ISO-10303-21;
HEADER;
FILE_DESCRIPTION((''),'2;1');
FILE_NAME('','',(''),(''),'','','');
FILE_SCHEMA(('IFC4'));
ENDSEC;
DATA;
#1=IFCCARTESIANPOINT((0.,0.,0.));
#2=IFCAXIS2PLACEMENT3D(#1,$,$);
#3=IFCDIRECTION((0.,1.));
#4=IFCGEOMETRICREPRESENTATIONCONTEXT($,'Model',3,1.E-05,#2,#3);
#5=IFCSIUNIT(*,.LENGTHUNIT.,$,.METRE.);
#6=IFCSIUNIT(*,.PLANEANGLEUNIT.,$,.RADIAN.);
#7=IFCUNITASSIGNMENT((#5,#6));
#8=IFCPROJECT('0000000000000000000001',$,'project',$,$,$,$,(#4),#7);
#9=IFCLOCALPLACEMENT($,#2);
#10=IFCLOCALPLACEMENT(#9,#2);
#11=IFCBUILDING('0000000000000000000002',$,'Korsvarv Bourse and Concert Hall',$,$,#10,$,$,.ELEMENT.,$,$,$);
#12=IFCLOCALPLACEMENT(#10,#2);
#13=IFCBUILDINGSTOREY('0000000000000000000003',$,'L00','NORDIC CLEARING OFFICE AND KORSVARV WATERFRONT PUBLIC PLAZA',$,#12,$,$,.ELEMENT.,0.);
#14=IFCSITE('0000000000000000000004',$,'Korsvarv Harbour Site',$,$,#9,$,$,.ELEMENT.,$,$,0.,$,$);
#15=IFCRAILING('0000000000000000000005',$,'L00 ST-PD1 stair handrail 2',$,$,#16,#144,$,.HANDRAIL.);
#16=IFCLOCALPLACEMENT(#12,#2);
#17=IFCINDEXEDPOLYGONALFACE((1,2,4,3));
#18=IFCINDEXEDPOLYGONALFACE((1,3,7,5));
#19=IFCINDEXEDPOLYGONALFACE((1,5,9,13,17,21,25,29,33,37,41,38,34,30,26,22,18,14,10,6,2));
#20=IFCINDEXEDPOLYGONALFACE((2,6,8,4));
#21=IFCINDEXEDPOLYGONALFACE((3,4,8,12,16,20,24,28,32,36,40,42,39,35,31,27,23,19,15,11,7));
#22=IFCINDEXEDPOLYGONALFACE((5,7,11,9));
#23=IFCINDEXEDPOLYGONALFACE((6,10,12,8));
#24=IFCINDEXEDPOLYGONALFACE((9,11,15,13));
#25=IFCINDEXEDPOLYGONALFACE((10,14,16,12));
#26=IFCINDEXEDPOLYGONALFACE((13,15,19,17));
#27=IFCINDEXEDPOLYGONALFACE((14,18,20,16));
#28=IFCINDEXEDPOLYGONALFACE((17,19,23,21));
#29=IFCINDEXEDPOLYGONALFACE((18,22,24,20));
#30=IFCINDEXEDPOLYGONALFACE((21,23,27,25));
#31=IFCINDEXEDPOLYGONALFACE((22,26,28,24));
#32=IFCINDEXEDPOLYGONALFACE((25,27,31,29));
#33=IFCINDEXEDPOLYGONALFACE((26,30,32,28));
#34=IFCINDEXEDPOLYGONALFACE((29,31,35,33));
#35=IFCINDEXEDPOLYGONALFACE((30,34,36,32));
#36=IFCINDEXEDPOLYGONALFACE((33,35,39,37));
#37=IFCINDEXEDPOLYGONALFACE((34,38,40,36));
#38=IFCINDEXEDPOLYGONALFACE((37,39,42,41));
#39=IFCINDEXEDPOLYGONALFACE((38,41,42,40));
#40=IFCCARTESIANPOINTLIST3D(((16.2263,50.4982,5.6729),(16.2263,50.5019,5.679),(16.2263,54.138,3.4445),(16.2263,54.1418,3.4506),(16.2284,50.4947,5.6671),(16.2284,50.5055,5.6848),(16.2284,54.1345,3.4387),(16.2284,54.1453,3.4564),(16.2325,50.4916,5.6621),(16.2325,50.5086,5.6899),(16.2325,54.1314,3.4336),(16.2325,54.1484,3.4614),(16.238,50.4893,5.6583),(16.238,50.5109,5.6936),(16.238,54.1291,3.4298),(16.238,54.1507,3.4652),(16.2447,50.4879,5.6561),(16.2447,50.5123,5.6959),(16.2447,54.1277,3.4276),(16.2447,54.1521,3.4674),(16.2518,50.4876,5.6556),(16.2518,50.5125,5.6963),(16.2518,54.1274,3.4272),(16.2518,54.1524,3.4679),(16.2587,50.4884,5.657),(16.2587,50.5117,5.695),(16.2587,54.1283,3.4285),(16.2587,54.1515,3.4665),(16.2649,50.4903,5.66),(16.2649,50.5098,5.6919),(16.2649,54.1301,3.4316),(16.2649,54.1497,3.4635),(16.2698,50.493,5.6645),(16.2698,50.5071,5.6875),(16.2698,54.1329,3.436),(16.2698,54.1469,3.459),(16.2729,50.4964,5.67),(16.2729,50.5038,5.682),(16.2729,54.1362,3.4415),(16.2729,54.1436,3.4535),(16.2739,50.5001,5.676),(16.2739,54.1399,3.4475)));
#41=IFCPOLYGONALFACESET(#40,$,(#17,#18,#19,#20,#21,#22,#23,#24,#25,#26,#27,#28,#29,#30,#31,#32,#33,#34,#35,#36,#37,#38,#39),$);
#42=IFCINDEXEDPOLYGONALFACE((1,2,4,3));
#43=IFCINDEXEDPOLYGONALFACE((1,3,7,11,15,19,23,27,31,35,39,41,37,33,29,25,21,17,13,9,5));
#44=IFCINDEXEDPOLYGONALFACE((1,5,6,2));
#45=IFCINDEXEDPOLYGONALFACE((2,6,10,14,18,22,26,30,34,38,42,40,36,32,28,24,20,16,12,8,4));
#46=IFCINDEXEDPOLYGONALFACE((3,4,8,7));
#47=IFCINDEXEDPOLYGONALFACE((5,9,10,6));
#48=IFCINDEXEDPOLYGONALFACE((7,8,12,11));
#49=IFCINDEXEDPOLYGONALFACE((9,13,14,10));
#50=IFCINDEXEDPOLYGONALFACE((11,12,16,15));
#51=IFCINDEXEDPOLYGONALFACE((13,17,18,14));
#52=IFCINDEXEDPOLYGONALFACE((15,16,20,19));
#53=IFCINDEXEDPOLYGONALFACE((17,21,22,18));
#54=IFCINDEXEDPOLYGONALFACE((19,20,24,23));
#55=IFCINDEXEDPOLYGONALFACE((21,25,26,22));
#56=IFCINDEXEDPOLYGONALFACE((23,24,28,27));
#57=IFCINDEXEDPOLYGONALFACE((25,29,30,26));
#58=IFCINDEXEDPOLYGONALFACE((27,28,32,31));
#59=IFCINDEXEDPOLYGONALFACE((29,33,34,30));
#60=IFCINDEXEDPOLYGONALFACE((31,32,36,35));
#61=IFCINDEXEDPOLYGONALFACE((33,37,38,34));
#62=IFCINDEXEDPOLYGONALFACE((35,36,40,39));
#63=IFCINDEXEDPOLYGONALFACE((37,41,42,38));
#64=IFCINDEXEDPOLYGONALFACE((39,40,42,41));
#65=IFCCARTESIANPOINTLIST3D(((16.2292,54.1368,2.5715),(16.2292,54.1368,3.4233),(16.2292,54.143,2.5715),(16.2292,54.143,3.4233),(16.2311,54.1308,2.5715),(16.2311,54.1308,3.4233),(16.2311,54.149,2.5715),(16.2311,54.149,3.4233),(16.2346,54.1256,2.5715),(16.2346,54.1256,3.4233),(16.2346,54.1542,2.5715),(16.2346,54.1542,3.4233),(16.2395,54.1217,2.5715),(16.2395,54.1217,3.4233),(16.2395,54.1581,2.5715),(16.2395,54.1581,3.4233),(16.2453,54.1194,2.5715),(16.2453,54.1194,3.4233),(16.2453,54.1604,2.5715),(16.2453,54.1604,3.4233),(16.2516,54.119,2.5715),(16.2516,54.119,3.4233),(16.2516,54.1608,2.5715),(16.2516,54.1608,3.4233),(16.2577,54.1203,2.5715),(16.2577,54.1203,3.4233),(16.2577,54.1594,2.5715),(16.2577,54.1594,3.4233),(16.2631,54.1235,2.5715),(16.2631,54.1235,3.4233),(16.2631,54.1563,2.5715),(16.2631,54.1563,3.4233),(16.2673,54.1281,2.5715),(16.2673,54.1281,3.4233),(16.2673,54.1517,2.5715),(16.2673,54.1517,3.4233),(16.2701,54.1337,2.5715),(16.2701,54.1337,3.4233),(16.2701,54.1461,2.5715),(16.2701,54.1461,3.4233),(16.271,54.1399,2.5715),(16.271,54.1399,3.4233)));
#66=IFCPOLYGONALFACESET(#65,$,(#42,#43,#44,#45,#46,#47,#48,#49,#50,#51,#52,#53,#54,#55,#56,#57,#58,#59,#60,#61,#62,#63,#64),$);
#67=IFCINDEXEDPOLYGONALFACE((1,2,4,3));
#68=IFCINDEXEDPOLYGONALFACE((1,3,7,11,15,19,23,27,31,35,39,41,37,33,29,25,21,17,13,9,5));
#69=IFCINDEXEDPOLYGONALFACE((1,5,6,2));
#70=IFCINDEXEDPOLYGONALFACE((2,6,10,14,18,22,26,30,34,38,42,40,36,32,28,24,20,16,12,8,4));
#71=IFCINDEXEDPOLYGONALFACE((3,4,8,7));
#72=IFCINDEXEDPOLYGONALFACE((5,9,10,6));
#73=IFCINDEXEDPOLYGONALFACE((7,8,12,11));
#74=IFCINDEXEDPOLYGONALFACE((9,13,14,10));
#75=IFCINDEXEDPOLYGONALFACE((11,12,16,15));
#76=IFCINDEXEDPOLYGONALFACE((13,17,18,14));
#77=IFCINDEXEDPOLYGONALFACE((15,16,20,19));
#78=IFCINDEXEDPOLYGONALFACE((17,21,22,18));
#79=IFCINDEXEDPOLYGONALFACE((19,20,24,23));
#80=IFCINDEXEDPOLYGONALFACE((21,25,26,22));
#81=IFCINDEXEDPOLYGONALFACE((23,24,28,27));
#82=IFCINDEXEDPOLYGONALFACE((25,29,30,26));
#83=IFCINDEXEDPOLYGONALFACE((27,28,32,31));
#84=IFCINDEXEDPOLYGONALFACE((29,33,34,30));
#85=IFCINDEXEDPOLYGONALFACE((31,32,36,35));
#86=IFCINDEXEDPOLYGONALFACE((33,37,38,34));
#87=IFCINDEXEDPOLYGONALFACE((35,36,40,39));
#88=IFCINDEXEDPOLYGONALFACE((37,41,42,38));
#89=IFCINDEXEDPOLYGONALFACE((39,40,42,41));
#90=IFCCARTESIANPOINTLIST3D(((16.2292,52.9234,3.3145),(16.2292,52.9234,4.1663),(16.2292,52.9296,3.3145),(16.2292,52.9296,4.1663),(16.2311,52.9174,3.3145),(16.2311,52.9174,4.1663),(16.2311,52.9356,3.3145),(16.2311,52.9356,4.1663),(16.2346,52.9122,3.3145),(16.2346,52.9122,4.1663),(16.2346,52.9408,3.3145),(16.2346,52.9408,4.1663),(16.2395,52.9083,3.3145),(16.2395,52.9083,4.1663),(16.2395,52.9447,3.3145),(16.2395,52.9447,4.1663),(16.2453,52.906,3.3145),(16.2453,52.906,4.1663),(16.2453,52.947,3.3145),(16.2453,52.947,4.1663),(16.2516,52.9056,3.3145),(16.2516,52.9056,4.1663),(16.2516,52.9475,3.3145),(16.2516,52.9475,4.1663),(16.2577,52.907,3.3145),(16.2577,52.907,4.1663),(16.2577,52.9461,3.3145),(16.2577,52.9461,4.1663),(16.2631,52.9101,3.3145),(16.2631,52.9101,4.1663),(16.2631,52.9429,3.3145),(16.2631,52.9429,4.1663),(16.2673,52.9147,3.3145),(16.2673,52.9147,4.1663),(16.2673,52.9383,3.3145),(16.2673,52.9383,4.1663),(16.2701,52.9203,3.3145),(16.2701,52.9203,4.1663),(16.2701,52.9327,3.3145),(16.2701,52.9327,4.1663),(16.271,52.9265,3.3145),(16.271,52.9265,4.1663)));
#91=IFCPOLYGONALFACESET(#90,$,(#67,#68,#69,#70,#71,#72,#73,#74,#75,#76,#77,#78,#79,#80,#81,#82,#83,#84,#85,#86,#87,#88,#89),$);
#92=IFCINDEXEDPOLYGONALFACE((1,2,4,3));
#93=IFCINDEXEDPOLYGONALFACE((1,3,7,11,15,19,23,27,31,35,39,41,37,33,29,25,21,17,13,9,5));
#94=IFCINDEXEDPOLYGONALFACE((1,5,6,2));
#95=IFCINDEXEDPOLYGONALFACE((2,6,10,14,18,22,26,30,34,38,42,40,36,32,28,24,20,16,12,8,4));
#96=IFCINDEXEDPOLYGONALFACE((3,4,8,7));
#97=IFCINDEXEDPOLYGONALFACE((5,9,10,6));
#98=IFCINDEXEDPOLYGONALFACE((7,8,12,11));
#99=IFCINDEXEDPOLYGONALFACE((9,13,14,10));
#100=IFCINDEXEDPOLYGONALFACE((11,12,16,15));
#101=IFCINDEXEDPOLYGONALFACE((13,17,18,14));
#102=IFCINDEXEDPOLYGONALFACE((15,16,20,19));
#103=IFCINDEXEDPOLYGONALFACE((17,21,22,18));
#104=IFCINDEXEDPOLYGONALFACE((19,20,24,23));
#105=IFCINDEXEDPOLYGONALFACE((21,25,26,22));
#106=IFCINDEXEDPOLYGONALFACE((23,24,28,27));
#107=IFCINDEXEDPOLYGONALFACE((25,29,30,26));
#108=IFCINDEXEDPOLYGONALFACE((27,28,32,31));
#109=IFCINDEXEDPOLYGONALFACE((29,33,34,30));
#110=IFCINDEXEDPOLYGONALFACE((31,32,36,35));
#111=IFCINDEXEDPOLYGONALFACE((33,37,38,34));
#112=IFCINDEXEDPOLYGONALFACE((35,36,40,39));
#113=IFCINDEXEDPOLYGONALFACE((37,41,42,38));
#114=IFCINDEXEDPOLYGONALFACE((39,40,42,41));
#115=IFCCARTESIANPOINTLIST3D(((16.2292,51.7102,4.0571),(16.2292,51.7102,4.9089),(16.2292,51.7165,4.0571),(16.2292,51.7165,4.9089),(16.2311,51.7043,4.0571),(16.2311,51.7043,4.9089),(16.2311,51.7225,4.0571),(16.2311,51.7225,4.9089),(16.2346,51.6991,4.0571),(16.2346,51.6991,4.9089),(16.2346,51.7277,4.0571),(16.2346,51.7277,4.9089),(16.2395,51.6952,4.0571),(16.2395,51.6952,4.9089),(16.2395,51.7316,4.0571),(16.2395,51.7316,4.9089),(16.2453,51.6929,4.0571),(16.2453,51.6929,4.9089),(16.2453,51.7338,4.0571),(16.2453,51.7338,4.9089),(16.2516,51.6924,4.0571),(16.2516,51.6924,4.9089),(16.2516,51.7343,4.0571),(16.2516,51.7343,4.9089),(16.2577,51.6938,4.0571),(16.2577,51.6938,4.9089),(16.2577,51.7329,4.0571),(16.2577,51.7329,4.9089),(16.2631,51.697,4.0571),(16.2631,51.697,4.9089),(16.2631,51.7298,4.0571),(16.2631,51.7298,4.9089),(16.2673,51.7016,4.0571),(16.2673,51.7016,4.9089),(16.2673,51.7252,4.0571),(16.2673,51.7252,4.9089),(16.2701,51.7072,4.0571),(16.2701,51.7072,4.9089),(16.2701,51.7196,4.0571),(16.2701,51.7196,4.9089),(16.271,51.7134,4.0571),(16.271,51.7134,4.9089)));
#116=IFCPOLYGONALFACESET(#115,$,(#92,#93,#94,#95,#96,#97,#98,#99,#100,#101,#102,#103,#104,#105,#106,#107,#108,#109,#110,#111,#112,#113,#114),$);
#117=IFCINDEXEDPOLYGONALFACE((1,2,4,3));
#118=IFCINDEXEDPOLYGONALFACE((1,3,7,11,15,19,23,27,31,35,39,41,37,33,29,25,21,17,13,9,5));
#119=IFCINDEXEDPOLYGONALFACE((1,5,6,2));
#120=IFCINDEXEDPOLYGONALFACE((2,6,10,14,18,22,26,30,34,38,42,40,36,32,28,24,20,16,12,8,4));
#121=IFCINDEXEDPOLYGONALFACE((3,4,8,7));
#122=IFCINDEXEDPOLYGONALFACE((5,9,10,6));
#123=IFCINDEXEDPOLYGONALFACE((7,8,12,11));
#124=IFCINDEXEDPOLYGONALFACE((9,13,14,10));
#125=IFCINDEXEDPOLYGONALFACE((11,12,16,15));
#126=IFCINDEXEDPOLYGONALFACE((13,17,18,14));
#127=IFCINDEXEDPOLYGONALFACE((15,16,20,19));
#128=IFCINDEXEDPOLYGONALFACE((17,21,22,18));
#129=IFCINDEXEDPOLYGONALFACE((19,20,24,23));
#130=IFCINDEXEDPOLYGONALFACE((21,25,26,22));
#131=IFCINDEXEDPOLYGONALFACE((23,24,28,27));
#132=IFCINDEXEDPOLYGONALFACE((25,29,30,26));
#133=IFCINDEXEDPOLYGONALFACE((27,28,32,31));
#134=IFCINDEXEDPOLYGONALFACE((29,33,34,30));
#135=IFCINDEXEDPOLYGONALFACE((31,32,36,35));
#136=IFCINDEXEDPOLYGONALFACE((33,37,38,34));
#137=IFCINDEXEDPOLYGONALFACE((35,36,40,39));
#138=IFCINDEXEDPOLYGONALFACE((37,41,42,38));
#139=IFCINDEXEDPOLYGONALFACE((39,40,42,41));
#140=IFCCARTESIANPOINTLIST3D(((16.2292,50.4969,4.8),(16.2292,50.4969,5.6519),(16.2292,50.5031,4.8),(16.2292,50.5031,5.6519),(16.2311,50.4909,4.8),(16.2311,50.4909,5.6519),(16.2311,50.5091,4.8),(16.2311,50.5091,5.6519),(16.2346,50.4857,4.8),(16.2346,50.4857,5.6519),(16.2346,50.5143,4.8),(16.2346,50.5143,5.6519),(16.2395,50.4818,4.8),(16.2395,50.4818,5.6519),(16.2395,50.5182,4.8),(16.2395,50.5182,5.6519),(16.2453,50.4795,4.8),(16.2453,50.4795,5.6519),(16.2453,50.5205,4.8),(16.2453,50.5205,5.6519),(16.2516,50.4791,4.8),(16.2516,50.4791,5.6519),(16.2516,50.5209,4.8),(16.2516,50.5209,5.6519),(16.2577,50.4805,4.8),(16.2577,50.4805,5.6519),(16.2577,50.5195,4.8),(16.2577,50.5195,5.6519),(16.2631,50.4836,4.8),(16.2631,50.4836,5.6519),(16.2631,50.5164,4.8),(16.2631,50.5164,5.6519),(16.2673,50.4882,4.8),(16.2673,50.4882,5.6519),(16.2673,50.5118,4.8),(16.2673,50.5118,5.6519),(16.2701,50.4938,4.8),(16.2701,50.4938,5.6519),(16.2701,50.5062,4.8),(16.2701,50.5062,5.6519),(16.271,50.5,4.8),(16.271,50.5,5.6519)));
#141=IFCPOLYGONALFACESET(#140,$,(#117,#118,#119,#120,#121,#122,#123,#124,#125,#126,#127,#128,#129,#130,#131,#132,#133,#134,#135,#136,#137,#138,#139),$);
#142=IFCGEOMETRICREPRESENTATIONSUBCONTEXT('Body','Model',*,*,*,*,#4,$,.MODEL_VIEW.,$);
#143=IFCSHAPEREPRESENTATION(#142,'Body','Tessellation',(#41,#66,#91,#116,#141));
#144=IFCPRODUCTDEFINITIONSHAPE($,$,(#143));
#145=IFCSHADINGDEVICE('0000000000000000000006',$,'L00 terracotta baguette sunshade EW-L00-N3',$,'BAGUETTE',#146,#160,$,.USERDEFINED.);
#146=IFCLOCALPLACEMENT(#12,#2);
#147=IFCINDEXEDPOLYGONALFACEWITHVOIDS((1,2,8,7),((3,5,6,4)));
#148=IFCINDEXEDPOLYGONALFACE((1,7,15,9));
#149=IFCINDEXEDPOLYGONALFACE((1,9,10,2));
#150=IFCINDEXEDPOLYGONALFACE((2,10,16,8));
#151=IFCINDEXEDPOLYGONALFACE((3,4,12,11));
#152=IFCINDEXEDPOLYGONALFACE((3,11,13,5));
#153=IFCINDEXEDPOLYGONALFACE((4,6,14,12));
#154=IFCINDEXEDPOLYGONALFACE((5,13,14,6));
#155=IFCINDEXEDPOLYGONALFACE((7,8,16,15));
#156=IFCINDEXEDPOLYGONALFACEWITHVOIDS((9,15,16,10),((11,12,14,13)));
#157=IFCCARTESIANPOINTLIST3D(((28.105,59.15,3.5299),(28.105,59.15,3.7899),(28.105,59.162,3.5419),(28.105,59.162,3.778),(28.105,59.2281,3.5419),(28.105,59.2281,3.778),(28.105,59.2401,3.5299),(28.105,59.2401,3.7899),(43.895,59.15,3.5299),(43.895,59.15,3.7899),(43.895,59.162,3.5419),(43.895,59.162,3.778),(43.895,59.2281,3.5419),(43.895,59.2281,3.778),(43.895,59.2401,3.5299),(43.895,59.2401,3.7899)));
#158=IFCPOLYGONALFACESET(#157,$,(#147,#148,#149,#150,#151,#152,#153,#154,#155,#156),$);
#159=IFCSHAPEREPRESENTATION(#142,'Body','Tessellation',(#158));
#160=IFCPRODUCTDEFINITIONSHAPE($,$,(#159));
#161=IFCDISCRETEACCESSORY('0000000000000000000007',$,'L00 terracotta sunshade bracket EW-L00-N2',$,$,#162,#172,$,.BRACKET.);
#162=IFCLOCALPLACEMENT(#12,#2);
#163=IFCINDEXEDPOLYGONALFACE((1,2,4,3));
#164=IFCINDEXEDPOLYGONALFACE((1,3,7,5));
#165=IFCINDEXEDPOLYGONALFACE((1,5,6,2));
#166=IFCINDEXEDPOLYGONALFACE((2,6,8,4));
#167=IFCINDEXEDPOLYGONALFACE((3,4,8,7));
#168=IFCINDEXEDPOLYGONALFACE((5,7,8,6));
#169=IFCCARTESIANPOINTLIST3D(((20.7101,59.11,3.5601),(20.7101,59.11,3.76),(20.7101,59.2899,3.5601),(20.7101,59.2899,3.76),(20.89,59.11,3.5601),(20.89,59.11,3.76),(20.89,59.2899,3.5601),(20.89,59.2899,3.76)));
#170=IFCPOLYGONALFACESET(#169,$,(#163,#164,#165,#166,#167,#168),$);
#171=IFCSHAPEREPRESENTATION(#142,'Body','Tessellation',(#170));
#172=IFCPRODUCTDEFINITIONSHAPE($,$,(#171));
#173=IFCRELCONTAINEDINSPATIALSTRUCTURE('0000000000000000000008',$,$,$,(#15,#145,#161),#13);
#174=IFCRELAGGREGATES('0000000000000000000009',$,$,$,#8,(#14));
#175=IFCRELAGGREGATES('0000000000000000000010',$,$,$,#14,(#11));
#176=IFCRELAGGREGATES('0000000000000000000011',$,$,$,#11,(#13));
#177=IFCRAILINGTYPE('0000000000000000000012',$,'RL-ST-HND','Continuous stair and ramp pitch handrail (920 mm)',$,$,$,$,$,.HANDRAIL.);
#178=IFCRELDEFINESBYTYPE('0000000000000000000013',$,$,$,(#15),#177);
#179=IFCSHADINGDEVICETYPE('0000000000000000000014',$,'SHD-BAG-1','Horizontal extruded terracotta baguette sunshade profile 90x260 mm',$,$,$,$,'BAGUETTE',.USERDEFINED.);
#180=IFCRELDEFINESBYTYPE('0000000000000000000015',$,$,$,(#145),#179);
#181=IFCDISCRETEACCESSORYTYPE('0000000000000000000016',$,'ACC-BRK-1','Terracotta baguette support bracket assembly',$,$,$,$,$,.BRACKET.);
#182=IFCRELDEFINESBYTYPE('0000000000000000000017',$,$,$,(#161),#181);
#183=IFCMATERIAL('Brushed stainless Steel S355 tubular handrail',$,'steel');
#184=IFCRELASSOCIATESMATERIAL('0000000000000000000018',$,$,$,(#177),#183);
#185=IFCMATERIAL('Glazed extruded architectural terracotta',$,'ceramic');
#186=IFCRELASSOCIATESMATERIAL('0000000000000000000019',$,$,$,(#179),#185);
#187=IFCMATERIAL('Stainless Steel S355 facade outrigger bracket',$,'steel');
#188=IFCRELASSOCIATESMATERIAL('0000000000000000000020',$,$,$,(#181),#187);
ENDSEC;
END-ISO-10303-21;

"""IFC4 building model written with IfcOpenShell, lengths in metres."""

from ifc_helpers import new_model, si_unit, direction, frame, origin, origin_2d, place, context, subcontext, project, spatial, rectangle, hollow_rectangle, circle, extrude, source, transform, mapped, material, material_profile, profile_set, type_object, element, save


model = new_model("IFC4")

# Units and contexts
model_context = context("Model", 3, precision=1e-05, world=origin(), true_north=direction((0.0, 1.0)))
body_context = subcontext(model_context, "Body", "Model", "MODEL_VIEW")
ifc_project = project(units=[si_unit("LENGTHUNIT", "METRE"), si_unit("PLANEANGLEUNIT", "RADIAN")], contexts=[model_context])

# Site, building, storey
site_placement = place(None, origin())
site = spatial("IfcSite", under=ifc_project, at=site_placement, Name="Korsvarv Harbour Site", CompositionType="ELEMENT", RefElevation=0.0)
building_placement = place(site_placement, origin())
building = spatial("IfcBuilding", under=site, at=building_placement, Name="Korsvarv Bourse and Concert Hall", CompositionType="ELEMENT")
storey_placement = place(building_placement, origin())
storey = spatial("IfcBuildingStorey", under=building, at=storey_placement, Name="L00", Description="NORDIC CLEARING OFFICE AND KORSVARV WATERFRONT PUBLIC PLAZA", CompositionType="ELEMENT", Elevation=0.0)

# Railing
ifc_material_1 = material(Name="Brushed stainless Steel S355 tubular handrail", Category="steel")
railing_type_1 = type_object("IfcRailingType", Name="RL-ST-HND", Description="Continuous stair and ramp pitch handrail (920 mm)", PredefinedType="HANDRAIL", material=ifc_material_1)
railing_1_placement = place(storey_placement, frame((16.25, 54.1399, 2.5715)))
element("IfcRailing", 1, at=railing_1_placement, inside=storey, type_object=railing_type_1, Name="L00 ST-PD1 stair handrail 2", PredefinedType="HANDRAIL", context=body_context, shape_type="SweptSolid", body=[
    extrude(circle(Radius=0.0239, at=origin_2d()), frame((0.0, 0.0, 0.876), z_axis=(0.0, -0.85285, 0.522156), x_axis=(1.0, 0.0, 0.0)), (0.0, 0.0, 1.0), 4.2678),
    extrude(circle(Radius=0.021, at=origin_2d()), origin(), (0.0, 0.0, 1.0), 0.8518),
    extrude(circle(Radius=0.021, at=origin_2d()), frame((0.0, -1.2134, 0.7429)), (0.0, 0.0, 1.0), 0.8518),
    extrude(circle(Radius=0.021, at=origin_2d()), frame((0.0, -2.4265, 1.4856)), (0.0, 0.0, 1.0), 0.8518),
    extrude(circle(Radius=0.021, at=origin_2d()), frame((0.0, -3.6399, 2.2285)), (0.0, 0.0, 1.0), 0.8518),
])

# Shading device
ifc_material_2 = material(Name="Glazed extruded architectural terracotta", Category="ceramic")
ifc_material_profile_1 = material_profile(ifc_material_2, hollow_rectangle(XDim=0.0901, YDim=0.26, WallThickness=0.012, at=origin_2d()), Name="TC-BAG 90x260")
ifc_profile_set_1 = profile_set([ifc_material_profile_1], Name="Glazed extruded architectural terracotta")
shading_device_type = type_object("IfcShadingDeviceType", Name="SHD-BAG-1", Description="Horizontal extruded terracotta baguette sunshade profile 90x260 mm", ElementType="BAGUETTE", PredefinedType="USERDEFINED", material=ifc_profile_set_1)
shared_shape_1 = source(origin(), body_context, "Body", "SweptSolid", [
    extrude(hollow_rectangle(XDim=0.0901, YDim=0.26, WallThickness=0.012, at=origin_2d()), origin(), (0.0, 0.0, 1.0), 15.79),
])
shading_device_placement = place(storey_placement, frame((28.105, 59.1951, 3.6599), z_axis=(1.0, 0.0, 0.0), x_axis=(0.0, 1.0, 0.0)))
element("IfcShadingDevice", 2, at=shading_device_placement, inside=storey, type_object=shading_device_type, Name="L00 terracotta baguette sunshade EW-L00-N3", ObjectType="BAGUETTE", PredefinedType="USERDEFINED", context=body_context, shape_type="MappedRepresentation", body=[
    mapped(shared_shape_1, transform((0.0, 0.0, 0.0), scale=1.0)),
])

# Discrete accessory
ifc_material_3 = material(Name="Stainless Steel S355 facade outrigger bracket", Category="steel")
discrete_accessory_type = type_object("IfcDiscreteAccessoryType", Name="ACC-BRK-1", Description="Terracotta baguette support bracket assembly", PredefinedType="BRACKET", material=ifc_material_3)
shared_shape_2 = source(origin(), body_context, "Body", "SweptSolid", [
    extrude(rectangle(XDim=0.1799, YDim=0.1799, at=origin_2d()), origin(), (0.0, 0.0, 1.0), 0.2),
])
discrete_accessory_placement = place(storey_placement, frame((20.8, 59.2, 3.5601), z_axis=(0.0, 0.0, 1.0), x_axis=(1.0, 0.0, 0.0)))
element("IfcDiscreteAccessory", 3, at=discrete_accessory_placement, inside=storey, type_object=discrete_accessory_type, Name="L00 terracotta sunshade bracket EW-L00-N2", PredefinedType="BRACKET", context=body_context, shape_type="MappedRepresentation", body=[
    mapped(shared_shape_2, transform((0.0, 0.0, 0.0), scale=1.0)),
])

save(model, "model.ifc")
